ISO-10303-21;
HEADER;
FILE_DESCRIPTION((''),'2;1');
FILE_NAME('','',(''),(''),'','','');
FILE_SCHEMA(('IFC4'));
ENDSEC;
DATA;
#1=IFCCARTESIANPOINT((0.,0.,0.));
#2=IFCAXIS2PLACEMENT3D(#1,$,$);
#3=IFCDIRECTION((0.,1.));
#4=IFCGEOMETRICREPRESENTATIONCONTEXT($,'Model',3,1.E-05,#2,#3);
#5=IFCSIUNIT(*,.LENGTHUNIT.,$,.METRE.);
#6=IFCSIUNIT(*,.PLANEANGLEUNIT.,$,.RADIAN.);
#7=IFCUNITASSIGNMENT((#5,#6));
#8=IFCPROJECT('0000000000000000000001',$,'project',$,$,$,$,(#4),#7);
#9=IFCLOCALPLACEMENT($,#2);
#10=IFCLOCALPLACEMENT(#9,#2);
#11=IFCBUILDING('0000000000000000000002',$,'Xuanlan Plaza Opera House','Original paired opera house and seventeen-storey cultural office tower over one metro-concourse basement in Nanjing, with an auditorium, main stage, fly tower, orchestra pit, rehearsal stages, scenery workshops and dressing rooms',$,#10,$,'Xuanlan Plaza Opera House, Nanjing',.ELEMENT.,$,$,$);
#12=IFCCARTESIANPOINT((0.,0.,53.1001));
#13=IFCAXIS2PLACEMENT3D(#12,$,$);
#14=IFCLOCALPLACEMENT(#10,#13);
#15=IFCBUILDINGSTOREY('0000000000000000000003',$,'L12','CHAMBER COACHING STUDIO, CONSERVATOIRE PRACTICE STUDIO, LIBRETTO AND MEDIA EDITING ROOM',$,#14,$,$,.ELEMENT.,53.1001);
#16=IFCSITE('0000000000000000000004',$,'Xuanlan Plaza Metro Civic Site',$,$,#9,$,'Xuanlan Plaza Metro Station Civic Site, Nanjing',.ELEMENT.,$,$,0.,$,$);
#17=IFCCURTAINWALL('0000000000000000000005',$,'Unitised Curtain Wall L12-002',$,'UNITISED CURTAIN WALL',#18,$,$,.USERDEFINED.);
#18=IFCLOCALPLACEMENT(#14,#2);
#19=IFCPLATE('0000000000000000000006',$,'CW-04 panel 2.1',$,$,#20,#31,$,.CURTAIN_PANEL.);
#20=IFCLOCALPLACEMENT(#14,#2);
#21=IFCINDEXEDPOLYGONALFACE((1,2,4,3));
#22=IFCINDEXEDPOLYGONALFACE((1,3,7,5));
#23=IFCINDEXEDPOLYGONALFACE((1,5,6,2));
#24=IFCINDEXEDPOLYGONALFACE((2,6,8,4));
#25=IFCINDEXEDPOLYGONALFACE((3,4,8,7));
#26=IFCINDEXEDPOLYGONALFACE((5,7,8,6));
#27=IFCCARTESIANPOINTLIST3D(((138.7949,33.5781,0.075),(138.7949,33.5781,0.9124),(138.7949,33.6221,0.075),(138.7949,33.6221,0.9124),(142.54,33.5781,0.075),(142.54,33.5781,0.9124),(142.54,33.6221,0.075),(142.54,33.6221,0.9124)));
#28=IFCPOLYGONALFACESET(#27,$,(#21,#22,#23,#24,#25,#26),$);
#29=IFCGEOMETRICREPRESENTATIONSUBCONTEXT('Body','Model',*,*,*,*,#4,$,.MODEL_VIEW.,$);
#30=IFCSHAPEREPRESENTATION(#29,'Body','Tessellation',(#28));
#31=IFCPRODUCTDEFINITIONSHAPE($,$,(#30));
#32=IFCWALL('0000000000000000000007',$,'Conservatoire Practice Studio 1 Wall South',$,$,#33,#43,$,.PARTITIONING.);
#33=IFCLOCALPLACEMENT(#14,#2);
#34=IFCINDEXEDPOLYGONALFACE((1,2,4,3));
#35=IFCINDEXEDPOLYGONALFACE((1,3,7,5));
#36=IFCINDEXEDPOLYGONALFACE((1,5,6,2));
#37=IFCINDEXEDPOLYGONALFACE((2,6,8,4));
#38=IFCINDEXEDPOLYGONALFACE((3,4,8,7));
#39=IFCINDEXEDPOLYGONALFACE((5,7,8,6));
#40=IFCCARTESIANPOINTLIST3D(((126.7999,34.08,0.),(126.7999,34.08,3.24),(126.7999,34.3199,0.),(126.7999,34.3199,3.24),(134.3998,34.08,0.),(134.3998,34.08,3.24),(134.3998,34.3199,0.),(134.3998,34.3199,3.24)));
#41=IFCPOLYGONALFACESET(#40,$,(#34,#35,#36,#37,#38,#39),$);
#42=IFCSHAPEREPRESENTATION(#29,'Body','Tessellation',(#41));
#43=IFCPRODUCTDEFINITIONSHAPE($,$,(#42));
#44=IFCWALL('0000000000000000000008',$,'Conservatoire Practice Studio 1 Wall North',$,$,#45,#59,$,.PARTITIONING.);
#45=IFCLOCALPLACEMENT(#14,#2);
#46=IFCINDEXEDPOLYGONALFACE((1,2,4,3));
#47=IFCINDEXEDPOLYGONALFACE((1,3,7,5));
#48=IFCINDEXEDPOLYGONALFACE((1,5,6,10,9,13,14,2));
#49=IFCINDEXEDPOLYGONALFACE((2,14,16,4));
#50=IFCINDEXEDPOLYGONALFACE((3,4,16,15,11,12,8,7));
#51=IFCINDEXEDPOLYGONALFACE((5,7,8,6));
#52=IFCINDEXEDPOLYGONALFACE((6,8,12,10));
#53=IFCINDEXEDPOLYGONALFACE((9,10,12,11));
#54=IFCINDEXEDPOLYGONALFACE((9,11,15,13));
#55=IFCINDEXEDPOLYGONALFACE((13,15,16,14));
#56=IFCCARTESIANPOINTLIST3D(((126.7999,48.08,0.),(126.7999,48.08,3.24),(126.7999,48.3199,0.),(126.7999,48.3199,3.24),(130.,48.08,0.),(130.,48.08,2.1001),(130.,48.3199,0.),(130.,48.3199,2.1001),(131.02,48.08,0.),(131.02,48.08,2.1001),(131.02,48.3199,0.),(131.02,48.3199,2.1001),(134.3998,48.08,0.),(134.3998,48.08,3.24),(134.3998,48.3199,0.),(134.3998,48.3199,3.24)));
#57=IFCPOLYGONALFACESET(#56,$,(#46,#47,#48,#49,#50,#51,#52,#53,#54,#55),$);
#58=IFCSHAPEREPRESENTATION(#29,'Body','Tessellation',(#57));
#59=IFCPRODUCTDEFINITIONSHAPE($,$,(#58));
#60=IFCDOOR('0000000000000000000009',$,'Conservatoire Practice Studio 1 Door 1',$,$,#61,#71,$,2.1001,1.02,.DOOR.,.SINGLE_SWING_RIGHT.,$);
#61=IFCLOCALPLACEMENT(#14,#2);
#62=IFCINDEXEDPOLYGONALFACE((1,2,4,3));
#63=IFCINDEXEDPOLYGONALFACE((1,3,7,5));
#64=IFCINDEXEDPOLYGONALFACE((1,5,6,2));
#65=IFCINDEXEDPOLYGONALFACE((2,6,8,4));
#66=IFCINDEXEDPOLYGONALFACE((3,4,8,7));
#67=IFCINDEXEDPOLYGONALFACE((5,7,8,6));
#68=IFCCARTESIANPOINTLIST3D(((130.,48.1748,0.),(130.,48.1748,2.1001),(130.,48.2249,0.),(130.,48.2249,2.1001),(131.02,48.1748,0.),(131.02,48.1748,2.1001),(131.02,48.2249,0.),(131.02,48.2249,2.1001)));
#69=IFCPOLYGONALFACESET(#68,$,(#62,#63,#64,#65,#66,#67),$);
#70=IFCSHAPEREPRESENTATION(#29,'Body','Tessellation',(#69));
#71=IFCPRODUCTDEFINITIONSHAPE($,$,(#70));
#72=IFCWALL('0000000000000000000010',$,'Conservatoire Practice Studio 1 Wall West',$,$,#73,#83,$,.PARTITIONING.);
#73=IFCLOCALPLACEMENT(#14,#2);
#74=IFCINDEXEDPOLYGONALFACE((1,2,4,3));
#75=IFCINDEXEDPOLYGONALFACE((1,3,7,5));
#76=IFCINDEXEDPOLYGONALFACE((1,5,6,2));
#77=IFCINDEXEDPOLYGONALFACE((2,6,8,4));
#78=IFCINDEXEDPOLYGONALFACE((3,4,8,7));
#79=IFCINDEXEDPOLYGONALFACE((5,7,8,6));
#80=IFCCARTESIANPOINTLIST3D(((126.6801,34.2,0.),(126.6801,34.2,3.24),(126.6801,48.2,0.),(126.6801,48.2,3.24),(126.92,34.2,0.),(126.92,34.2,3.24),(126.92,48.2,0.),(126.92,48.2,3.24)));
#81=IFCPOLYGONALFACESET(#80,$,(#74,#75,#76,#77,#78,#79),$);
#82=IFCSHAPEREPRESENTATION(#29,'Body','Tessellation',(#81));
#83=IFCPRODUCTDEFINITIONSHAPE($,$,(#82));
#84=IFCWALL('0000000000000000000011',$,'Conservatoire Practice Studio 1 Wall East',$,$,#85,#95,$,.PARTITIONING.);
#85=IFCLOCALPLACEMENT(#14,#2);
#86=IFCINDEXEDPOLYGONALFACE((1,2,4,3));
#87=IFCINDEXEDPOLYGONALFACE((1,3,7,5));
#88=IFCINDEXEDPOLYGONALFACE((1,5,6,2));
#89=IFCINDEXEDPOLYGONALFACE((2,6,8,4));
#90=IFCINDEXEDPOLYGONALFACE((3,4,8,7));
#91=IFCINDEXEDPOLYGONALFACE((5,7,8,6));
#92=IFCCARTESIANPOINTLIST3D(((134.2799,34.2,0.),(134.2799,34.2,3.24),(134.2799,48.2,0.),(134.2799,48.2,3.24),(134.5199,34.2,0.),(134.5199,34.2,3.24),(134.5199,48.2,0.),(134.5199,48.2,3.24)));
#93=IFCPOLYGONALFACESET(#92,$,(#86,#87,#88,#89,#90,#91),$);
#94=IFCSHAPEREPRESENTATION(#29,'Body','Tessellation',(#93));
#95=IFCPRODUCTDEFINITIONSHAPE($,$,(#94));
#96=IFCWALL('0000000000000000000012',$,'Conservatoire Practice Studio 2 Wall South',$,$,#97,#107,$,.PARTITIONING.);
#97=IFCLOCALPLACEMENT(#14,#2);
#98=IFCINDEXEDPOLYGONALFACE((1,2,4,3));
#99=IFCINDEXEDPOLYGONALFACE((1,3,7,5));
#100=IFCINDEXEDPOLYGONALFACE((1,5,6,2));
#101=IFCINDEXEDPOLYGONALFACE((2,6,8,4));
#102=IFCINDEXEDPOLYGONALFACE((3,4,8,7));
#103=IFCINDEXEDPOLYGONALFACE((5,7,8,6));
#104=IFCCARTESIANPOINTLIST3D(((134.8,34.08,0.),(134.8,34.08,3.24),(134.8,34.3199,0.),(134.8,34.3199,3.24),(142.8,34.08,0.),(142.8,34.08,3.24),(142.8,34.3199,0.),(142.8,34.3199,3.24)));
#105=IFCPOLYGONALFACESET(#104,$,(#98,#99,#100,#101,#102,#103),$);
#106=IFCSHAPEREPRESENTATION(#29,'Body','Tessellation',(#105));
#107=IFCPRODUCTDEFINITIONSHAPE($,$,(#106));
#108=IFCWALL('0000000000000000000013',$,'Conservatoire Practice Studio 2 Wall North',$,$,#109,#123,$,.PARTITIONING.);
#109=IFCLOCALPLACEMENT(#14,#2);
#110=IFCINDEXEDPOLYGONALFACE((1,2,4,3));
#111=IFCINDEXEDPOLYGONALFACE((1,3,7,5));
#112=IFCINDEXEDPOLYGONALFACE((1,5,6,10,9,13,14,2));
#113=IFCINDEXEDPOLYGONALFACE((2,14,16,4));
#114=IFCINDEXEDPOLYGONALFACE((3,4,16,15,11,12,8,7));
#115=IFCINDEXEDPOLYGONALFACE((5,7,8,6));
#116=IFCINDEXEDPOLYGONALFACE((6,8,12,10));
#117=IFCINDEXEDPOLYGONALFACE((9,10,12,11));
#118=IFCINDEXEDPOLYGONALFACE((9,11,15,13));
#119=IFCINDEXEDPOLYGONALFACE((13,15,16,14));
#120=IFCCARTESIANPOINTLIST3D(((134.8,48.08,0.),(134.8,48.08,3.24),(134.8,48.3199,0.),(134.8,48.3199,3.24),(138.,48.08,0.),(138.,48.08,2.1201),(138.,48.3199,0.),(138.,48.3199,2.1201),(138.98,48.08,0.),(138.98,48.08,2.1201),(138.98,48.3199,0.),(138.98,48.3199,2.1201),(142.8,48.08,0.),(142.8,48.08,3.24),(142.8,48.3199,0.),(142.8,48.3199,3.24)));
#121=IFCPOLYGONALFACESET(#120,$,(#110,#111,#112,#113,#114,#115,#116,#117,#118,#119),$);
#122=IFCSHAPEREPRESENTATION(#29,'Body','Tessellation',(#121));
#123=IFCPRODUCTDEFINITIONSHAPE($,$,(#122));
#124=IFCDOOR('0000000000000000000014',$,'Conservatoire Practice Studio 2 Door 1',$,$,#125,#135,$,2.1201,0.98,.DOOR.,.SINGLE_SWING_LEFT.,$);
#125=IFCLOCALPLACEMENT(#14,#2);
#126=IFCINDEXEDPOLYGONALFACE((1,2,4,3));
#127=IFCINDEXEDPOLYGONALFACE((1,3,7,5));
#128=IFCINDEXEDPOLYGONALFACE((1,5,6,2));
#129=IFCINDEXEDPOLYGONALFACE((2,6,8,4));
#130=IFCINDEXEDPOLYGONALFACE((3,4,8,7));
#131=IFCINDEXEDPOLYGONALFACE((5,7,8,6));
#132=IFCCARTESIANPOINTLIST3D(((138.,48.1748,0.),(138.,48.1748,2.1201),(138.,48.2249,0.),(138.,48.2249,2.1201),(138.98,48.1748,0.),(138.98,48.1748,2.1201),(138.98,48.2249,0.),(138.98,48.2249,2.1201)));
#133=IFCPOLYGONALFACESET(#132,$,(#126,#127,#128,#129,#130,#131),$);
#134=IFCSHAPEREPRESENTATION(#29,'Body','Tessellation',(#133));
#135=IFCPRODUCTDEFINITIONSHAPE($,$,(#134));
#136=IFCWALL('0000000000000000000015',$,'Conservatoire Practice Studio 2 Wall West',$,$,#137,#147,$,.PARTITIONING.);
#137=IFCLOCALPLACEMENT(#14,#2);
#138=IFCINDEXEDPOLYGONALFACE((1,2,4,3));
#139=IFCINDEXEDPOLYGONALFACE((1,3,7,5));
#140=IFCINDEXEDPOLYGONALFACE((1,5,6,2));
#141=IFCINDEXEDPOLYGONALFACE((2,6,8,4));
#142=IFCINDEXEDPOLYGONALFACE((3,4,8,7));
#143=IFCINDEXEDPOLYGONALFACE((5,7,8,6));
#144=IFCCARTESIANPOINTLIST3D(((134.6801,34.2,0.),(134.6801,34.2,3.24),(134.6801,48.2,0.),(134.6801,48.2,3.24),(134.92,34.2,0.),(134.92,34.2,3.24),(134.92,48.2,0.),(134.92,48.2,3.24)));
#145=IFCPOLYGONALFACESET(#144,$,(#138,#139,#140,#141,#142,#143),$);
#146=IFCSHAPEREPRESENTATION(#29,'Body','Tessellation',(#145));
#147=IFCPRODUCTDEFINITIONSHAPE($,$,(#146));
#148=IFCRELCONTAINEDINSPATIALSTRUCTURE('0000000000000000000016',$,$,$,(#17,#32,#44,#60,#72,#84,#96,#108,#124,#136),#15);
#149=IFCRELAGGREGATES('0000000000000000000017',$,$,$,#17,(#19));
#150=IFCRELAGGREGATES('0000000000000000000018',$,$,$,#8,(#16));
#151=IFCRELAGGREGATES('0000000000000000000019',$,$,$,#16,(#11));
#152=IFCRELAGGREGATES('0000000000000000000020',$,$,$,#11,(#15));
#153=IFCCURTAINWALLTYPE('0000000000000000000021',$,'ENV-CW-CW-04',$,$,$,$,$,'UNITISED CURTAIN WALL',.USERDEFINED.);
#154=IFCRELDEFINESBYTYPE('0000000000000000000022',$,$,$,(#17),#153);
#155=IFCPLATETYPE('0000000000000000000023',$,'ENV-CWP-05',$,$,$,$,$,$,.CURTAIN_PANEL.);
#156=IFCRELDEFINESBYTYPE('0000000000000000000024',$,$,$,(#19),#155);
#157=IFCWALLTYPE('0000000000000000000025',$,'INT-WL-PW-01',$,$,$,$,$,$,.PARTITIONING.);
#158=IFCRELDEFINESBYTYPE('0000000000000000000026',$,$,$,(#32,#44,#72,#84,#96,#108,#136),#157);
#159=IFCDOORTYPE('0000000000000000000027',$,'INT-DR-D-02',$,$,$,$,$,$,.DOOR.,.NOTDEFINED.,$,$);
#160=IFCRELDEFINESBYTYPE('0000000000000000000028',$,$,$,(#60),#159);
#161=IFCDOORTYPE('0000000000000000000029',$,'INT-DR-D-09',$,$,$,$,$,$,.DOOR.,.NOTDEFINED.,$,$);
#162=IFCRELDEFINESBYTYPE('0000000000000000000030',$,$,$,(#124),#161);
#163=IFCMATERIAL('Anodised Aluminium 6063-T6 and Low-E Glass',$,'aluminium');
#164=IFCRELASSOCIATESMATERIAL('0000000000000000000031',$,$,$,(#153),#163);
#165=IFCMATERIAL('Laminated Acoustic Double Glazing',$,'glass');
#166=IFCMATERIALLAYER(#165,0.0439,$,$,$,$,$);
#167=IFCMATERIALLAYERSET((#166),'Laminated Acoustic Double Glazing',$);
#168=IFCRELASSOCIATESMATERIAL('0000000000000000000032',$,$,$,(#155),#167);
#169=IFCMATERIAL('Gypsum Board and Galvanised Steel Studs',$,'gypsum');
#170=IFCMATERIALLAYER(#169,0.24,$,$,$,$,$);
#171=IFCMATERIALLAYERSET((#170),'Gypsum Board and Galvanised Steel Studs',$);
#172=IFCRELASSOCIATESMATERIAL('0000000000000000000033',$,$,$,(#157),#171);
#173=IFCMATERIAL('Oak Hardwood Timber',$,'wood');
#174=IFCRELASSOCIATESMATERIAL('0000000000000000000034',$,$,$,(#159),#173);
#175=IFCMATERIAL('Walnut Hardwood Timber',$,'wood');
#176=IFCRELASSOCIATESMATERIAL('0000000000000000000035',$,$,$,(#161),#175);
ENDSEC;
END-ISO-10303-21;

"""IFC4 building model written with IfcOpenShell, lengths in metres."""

from ifc_helpers import new_model, si_unit, direction, frame, frame_2d, origin, origin_2d, place, context, subcontext, project, spatial, rectangle, extrude, material, layer, layer_set, type_object, element, fill, aggregate, save


model = new_model("IFC4")

# Units and contexts
model_context = context("Model", 3, precision=1e-05, world=origin(), true_north=direction((0.0, 1.0)))
body_context = subcontext(model_context, "Body", "Model", "MODEL_VIEW")
ifc_project = project(units=[si_unit("LENGTHUNIT", "METRE"), si_unit("PLANEANGLEUNIT", "RADIAN")], contexts=[model_context])

# Site, building, storey
site_placement = place(None, origin())
site = spatial("IfcSite", under=ifc_project, at=site_placement, Name="Xuanlan Plaza Metro Civic Site", LongName="Xuanlan Plaza Metro Station Civic Site, Nanjing", CompositionType="ELEMENT", RefElevation=0.0)
building_placement = place(site_placement, origin())
building = spatial("IfcBuilding", under=site, at=building_placement, Name="Xuanlan Plaza Opera House", Description="Original paired opera house and seventeen-storey cultural office tower over one metro-concourse basement in Nanjing, with an auditorium, main stage, fly tower, orchestra pit, rehearsal stages, scenery workshops and dressing rooms", LongName="Xuanlan Plaza Opera House, Nanjing", CompositionType="ELEMENT")
storey_placement = place(building_placement, frame((0.0, 0.0, 53.1001)))
storey = spatial("IfcBuildingStorey", under=building, at=storey_placement, Name="L12", Description="CHAMBER COACHING STUDIO, CONSERVATOIRE PRACTICE STUDIO, LIBRETTO AND MEDIA EDITING ROOM", CompositionType="ELEMENT", Elevation=53.1001)

# Curtain wall
ifc_material_1 = material(Name="Anodised Aluminium 6063-T6 and Low-E Glass", Category="aluminium")
curtain_wall_type = type_object("IfcCurtainWallType", Name="ENV-CW-CW-04", ElementType="UNITISED CURTAIN WALL", PredefinedType="USERDEFINED", material=ifc_material_1)
curtain_wall_1_placement = place(storey_placement, origin())
curtain_wall_1 = element("IfcCurtainWall", 1, at=curtain_wall_1_placement, inside=storey, type_object=curtain_wall_type, Name="Unitised Curtain Wall L12-002", ObjectType="UNITISED CURTAIN WALL", PredefinedType="USERDEFINED")

# Shared definitions
ifc_material_2 = material(Name="Laminated Acoustic Double Glazing", Category="glass")

# Plate
ifc_layer_1 = layer(ifc_material_2, 0.0439)
ifc_layer_set_1 = layer_set([ifc_layer_1], Name="Laminated Acoustic Double Glazing")
plate_type_1 = type_object("IfcPlateType", Name="ENV-CWP-05", PredefinedType="CURTAIN_PANEL", material=ifc_layer_set_1)
plate_1_placement = place(storey_placement, frame((140.6675, 33.6001, 0.075), z_axis=(0.0, 0.0, 1.0), x_axis=(1.0, 0.0, 0.0)))
plate_1 = element("IfcPlate", 2, at=plate_1_placement, type_object=plate_type_1, Name="CW-04 panel 2.1", PredefinedType="CURTAIN_PANEL", context=body_context, shape_type="SweptSolid", body=[
    extrude(rectangle(XDim=3.7451, YDim=0.0439, at=origin_2d()), origin(), (0.0, 0.0, 1.0), 0.8374),
])
aggregate(curtain_wall_1, [plate_1])

# Wall
ifc_material_3 = material(Name="Gypsum Board and Galvanised Steel Studs", Category="gypsum")
ifc_layer_2 = layer(ifc_material_3, 0.24)
ifc_layer_set_2 = layer_set([ifc_layer_2], Name="Gypsum Board and Galvanised Steel Studs")
wall_type = type_object("IfcWallType", Name="INT-WL-PW-01", PredefinedType="PARTITIONING", material=ifc_layer_set_2)
wall_1_placement = place(storey_placement, frame((126.8, 34.2, 0.0), z_axis=(0.0, 0.0, 1.0), x_axis=(1.0, 0.0, 0.0)))
element("IfcWall", 3, at=wall_1_placement, inside=storey, type_object=wall_type, Name="Conservatoire Practice Studio 1 Wall South", PredefinedType="PARTITIONING", context=body_context, shape_type="SweptSolid", body=[
    extrude(rectangle(XDim=7.5999, YDim=0.24, at=frame_2d((3.7998, 0.0))), origin(), (0.0, 0.0, 1.0), 3.24),
])

# Wall, opening, door
wall_2_placement = place(storey_placement, frame((126.8, 48.2, 0.0), z_axis=(0.0, 0.0, 1.0), x_axis=(1.0, 0.0, 0.0)))
wall_2 = element("IfcWall", 4, at=wall_2_placement, inside=storey, type_object=wall_type, Name="Conservatoire Practice Studio 1 Wall North", PredefinedType="PARTITIONING", context=body_context, shape_type="SweptSolid", body=[
    extrude(rectangle(XDim=7.5999, YDim=0.24, at=frame_2d((3.7998, 0.0))), origin(), (0.0, 0.0, 1.0), 3.24),
])
opening_1_placement = place(wall_2_placement, frame((3.2, 0.0, 0.0)))
opening_1 = element("IfcOpeningElement", 5, at=opening_1_placement, cuts=wall_2, PredefinedType="OPENING", context=body_context, shape_type="SweptSolid", body=[
    extrude(rectangle(XDim=1.02, YDim=2.1001, at=frame_2d((0.51, 1.05))), frame((0.0, 0.1299, 0.0), z_axis=(0.0, -1.0, 0.0), x_axis=(1.0, 0.0, 0.0)), (0.0, 0.0, 1.0), 0.26),
])
ifc_material_4 = material(Name="Oak Hardwood Timber", Category="wood")
door_type_1 = type_object("IfcDoorType", Name="INT-DR-D-02", OperationType="NOTDEFINED", PredefinedType="DOOR", material=ifc_material_4)
door_1_placement = place(opening_1_placement, origin())
door_1 = element("IfcDoor", 6, at=door_1_placement, inside=storey, type_object=door_type_1, Name="Conservatoire Practice Studio 1 Door 1", OperationType="SINGLE_SWING_RIGHT", OverallHeight=2.1001, OverallWidth=1.02, PredefinedType="DOOR", context=body_context, shape_type="SweptSolid", body=[
    extrude(rectangle(XDim=1.02, YDim=2.1001, at=frame_2d((0.51, 1.05))), frame((0.0, 0.0249, 0.0), z_axis=(0.0, -1.0, 0.0), x_axis=(1.0, 0.0, 0.0)), (0.0, 0.0, 1.0), 0.05),
])
fill(opening_1, door_1)

# Walls
for number, where, z_axis, x_axis, name in (
    (7, (126.8, 34.2, 0.0), (0.0, 0.0, 1.0), (0.0, 1.0, 0.0), "Conservatoire Practice Studio 1 Wall West"),
    (8, (134.3999, 34.2, 0.0), (0.0, 0.0, 1.0), (0.0, 1.0, 0.0), "Conservatoire Practice Studio 1 Wall East"),
):
    element("IfcWall", number, at=place(storey_placement, frame(where, z_axis=z_axis, x_axis=x_axis)), inside=storey, type_object=wall_type, Name=name, PredefinedType="PARTITIONING", context=body_context, shape_type="SweptSolid", body=[
        extrude(rectangle(XDim=14.0, YDim=0.24, at=frame_2d((7.0, 0.0))), origin(), (0.0, 0.0, 1.0), 3.24),
    ])
wall_3_placement = place(storey_placement, frame((134.8, 34.2, 0.0), z_axis=(0.0, 0.0, 1.0), x_axis=(1.0, 0.0, 0.0)))
element("IfcWall", 9, at=wall_3_placement, inside=storey, type_object=wall_type, Name="Conservatoire Practice Studio 2 Wall South", PredefinedType="PARTITIONING", context=body_context, shape_type="SweptSolid", body=[
    extrude(rectangle(XDim=8.0, YDim=0.24, at=frame_2d((4.0, 0.0))), origin(), (0.0, 0.0, 1.0), 3.24),
])

# Wall, opening, door
wall_4_placement = place(storey_placement, frame((134.8, 48.2, 0.0), z_axis=(0.0, 0.0, 1.0), x_axis=(1.0, 0.0, 0.0)))
wall_4 = element("IfcWall", 10, at=wall_4_placement, inside=storey, type_object=wall_type, Name="Conservatoire Practice Studio 2 Wall North", PredefinedType="PARTITIONING", context=body_context, shape_type="SweptSolid", body=[
    extrude(rectangle(XDim=8.0, YDim=0.24, at=frame_2d((4.0, 0.0))), origin(), (0.0, 0.0, 1.0), 3.24),
])
opening_2_placement = place(wall_4_placement, frame((3.2, 0.0, 0.0)))
opening_2 = element("IfcOpeningElement", 11, at=opening_2_placement, cuts=wall_4, PredefinedType="OPENING", context=body_context, shape_type="SweptSolid", body=[
    extrude(rectangle(XDim=0.98, YDim=2.1201, at=frame_2d((0.49, 1.0601))), frame((0.0, 0.1299, 0.0), z_axis=(0.0, -1.0, 0.0), x_axis=(1.0, 0.0, 0.0)), (0.0, 0.0, 1.0), 0.26),
])
ifc_material_5 = material(Name="Walnut Hardwood Timber", Category="wood")
door_type_2 = type_object("IfcDoorType", Name="INT-DR-D-09", OperationType="NOTDEFINED", PredefinedType="DOOR", material=ifc_material_5)
door_2_placement = place(opening_2_placement, origin())
door_2 = element("IfcDoor", 12, at=door_2_placement, inside=storey, type_object=door_type_2, Name="Conservatoire Practice Studio 2 Door 1", OperationType="SINGLE_SWING_LEFT", OverallHeight=2.1201, OverallWidth=0.98, PredefinedType="DOOR", context=body_context, shape_type="SweptSolid", body=[
    extrude(rectangle(XDim=0.98, YDim=2.1201, at=frame_2d((0.49, 1.0601))), frame((0.0, 0.0249, 0.0), z_axis=(0.0, -1.0, 0.0), x_axis=(1.0, 0.0, 0.0)), (0.0, 0.0, 1.0), 0.05),
])
fill(opening_2, door_2)

# Wall
wall_5_placement = place(storey_placement, frame((134.8, 34.2, 0.0), z_axis=(0.0, 0.0, 1.0), x_axis=(0.0, 1.0, 0.0)))
element("IfcWall", 13, at=wall_5_placement, inside=storey, type_object=wall_type, Name="Conservatoire Practice Studio 2 Wall West", PredefinedType="PARTITIONING", context=body_context, shape_type="SweptSolid", body=[
    extrude(rectangle(XDim=14.0, YDim=0.24, at=frame_2d((7.0, 0.0))), origin(), (0.0, 0.0, 1.0), 3.24),
])

save(model, "model.ifc")
